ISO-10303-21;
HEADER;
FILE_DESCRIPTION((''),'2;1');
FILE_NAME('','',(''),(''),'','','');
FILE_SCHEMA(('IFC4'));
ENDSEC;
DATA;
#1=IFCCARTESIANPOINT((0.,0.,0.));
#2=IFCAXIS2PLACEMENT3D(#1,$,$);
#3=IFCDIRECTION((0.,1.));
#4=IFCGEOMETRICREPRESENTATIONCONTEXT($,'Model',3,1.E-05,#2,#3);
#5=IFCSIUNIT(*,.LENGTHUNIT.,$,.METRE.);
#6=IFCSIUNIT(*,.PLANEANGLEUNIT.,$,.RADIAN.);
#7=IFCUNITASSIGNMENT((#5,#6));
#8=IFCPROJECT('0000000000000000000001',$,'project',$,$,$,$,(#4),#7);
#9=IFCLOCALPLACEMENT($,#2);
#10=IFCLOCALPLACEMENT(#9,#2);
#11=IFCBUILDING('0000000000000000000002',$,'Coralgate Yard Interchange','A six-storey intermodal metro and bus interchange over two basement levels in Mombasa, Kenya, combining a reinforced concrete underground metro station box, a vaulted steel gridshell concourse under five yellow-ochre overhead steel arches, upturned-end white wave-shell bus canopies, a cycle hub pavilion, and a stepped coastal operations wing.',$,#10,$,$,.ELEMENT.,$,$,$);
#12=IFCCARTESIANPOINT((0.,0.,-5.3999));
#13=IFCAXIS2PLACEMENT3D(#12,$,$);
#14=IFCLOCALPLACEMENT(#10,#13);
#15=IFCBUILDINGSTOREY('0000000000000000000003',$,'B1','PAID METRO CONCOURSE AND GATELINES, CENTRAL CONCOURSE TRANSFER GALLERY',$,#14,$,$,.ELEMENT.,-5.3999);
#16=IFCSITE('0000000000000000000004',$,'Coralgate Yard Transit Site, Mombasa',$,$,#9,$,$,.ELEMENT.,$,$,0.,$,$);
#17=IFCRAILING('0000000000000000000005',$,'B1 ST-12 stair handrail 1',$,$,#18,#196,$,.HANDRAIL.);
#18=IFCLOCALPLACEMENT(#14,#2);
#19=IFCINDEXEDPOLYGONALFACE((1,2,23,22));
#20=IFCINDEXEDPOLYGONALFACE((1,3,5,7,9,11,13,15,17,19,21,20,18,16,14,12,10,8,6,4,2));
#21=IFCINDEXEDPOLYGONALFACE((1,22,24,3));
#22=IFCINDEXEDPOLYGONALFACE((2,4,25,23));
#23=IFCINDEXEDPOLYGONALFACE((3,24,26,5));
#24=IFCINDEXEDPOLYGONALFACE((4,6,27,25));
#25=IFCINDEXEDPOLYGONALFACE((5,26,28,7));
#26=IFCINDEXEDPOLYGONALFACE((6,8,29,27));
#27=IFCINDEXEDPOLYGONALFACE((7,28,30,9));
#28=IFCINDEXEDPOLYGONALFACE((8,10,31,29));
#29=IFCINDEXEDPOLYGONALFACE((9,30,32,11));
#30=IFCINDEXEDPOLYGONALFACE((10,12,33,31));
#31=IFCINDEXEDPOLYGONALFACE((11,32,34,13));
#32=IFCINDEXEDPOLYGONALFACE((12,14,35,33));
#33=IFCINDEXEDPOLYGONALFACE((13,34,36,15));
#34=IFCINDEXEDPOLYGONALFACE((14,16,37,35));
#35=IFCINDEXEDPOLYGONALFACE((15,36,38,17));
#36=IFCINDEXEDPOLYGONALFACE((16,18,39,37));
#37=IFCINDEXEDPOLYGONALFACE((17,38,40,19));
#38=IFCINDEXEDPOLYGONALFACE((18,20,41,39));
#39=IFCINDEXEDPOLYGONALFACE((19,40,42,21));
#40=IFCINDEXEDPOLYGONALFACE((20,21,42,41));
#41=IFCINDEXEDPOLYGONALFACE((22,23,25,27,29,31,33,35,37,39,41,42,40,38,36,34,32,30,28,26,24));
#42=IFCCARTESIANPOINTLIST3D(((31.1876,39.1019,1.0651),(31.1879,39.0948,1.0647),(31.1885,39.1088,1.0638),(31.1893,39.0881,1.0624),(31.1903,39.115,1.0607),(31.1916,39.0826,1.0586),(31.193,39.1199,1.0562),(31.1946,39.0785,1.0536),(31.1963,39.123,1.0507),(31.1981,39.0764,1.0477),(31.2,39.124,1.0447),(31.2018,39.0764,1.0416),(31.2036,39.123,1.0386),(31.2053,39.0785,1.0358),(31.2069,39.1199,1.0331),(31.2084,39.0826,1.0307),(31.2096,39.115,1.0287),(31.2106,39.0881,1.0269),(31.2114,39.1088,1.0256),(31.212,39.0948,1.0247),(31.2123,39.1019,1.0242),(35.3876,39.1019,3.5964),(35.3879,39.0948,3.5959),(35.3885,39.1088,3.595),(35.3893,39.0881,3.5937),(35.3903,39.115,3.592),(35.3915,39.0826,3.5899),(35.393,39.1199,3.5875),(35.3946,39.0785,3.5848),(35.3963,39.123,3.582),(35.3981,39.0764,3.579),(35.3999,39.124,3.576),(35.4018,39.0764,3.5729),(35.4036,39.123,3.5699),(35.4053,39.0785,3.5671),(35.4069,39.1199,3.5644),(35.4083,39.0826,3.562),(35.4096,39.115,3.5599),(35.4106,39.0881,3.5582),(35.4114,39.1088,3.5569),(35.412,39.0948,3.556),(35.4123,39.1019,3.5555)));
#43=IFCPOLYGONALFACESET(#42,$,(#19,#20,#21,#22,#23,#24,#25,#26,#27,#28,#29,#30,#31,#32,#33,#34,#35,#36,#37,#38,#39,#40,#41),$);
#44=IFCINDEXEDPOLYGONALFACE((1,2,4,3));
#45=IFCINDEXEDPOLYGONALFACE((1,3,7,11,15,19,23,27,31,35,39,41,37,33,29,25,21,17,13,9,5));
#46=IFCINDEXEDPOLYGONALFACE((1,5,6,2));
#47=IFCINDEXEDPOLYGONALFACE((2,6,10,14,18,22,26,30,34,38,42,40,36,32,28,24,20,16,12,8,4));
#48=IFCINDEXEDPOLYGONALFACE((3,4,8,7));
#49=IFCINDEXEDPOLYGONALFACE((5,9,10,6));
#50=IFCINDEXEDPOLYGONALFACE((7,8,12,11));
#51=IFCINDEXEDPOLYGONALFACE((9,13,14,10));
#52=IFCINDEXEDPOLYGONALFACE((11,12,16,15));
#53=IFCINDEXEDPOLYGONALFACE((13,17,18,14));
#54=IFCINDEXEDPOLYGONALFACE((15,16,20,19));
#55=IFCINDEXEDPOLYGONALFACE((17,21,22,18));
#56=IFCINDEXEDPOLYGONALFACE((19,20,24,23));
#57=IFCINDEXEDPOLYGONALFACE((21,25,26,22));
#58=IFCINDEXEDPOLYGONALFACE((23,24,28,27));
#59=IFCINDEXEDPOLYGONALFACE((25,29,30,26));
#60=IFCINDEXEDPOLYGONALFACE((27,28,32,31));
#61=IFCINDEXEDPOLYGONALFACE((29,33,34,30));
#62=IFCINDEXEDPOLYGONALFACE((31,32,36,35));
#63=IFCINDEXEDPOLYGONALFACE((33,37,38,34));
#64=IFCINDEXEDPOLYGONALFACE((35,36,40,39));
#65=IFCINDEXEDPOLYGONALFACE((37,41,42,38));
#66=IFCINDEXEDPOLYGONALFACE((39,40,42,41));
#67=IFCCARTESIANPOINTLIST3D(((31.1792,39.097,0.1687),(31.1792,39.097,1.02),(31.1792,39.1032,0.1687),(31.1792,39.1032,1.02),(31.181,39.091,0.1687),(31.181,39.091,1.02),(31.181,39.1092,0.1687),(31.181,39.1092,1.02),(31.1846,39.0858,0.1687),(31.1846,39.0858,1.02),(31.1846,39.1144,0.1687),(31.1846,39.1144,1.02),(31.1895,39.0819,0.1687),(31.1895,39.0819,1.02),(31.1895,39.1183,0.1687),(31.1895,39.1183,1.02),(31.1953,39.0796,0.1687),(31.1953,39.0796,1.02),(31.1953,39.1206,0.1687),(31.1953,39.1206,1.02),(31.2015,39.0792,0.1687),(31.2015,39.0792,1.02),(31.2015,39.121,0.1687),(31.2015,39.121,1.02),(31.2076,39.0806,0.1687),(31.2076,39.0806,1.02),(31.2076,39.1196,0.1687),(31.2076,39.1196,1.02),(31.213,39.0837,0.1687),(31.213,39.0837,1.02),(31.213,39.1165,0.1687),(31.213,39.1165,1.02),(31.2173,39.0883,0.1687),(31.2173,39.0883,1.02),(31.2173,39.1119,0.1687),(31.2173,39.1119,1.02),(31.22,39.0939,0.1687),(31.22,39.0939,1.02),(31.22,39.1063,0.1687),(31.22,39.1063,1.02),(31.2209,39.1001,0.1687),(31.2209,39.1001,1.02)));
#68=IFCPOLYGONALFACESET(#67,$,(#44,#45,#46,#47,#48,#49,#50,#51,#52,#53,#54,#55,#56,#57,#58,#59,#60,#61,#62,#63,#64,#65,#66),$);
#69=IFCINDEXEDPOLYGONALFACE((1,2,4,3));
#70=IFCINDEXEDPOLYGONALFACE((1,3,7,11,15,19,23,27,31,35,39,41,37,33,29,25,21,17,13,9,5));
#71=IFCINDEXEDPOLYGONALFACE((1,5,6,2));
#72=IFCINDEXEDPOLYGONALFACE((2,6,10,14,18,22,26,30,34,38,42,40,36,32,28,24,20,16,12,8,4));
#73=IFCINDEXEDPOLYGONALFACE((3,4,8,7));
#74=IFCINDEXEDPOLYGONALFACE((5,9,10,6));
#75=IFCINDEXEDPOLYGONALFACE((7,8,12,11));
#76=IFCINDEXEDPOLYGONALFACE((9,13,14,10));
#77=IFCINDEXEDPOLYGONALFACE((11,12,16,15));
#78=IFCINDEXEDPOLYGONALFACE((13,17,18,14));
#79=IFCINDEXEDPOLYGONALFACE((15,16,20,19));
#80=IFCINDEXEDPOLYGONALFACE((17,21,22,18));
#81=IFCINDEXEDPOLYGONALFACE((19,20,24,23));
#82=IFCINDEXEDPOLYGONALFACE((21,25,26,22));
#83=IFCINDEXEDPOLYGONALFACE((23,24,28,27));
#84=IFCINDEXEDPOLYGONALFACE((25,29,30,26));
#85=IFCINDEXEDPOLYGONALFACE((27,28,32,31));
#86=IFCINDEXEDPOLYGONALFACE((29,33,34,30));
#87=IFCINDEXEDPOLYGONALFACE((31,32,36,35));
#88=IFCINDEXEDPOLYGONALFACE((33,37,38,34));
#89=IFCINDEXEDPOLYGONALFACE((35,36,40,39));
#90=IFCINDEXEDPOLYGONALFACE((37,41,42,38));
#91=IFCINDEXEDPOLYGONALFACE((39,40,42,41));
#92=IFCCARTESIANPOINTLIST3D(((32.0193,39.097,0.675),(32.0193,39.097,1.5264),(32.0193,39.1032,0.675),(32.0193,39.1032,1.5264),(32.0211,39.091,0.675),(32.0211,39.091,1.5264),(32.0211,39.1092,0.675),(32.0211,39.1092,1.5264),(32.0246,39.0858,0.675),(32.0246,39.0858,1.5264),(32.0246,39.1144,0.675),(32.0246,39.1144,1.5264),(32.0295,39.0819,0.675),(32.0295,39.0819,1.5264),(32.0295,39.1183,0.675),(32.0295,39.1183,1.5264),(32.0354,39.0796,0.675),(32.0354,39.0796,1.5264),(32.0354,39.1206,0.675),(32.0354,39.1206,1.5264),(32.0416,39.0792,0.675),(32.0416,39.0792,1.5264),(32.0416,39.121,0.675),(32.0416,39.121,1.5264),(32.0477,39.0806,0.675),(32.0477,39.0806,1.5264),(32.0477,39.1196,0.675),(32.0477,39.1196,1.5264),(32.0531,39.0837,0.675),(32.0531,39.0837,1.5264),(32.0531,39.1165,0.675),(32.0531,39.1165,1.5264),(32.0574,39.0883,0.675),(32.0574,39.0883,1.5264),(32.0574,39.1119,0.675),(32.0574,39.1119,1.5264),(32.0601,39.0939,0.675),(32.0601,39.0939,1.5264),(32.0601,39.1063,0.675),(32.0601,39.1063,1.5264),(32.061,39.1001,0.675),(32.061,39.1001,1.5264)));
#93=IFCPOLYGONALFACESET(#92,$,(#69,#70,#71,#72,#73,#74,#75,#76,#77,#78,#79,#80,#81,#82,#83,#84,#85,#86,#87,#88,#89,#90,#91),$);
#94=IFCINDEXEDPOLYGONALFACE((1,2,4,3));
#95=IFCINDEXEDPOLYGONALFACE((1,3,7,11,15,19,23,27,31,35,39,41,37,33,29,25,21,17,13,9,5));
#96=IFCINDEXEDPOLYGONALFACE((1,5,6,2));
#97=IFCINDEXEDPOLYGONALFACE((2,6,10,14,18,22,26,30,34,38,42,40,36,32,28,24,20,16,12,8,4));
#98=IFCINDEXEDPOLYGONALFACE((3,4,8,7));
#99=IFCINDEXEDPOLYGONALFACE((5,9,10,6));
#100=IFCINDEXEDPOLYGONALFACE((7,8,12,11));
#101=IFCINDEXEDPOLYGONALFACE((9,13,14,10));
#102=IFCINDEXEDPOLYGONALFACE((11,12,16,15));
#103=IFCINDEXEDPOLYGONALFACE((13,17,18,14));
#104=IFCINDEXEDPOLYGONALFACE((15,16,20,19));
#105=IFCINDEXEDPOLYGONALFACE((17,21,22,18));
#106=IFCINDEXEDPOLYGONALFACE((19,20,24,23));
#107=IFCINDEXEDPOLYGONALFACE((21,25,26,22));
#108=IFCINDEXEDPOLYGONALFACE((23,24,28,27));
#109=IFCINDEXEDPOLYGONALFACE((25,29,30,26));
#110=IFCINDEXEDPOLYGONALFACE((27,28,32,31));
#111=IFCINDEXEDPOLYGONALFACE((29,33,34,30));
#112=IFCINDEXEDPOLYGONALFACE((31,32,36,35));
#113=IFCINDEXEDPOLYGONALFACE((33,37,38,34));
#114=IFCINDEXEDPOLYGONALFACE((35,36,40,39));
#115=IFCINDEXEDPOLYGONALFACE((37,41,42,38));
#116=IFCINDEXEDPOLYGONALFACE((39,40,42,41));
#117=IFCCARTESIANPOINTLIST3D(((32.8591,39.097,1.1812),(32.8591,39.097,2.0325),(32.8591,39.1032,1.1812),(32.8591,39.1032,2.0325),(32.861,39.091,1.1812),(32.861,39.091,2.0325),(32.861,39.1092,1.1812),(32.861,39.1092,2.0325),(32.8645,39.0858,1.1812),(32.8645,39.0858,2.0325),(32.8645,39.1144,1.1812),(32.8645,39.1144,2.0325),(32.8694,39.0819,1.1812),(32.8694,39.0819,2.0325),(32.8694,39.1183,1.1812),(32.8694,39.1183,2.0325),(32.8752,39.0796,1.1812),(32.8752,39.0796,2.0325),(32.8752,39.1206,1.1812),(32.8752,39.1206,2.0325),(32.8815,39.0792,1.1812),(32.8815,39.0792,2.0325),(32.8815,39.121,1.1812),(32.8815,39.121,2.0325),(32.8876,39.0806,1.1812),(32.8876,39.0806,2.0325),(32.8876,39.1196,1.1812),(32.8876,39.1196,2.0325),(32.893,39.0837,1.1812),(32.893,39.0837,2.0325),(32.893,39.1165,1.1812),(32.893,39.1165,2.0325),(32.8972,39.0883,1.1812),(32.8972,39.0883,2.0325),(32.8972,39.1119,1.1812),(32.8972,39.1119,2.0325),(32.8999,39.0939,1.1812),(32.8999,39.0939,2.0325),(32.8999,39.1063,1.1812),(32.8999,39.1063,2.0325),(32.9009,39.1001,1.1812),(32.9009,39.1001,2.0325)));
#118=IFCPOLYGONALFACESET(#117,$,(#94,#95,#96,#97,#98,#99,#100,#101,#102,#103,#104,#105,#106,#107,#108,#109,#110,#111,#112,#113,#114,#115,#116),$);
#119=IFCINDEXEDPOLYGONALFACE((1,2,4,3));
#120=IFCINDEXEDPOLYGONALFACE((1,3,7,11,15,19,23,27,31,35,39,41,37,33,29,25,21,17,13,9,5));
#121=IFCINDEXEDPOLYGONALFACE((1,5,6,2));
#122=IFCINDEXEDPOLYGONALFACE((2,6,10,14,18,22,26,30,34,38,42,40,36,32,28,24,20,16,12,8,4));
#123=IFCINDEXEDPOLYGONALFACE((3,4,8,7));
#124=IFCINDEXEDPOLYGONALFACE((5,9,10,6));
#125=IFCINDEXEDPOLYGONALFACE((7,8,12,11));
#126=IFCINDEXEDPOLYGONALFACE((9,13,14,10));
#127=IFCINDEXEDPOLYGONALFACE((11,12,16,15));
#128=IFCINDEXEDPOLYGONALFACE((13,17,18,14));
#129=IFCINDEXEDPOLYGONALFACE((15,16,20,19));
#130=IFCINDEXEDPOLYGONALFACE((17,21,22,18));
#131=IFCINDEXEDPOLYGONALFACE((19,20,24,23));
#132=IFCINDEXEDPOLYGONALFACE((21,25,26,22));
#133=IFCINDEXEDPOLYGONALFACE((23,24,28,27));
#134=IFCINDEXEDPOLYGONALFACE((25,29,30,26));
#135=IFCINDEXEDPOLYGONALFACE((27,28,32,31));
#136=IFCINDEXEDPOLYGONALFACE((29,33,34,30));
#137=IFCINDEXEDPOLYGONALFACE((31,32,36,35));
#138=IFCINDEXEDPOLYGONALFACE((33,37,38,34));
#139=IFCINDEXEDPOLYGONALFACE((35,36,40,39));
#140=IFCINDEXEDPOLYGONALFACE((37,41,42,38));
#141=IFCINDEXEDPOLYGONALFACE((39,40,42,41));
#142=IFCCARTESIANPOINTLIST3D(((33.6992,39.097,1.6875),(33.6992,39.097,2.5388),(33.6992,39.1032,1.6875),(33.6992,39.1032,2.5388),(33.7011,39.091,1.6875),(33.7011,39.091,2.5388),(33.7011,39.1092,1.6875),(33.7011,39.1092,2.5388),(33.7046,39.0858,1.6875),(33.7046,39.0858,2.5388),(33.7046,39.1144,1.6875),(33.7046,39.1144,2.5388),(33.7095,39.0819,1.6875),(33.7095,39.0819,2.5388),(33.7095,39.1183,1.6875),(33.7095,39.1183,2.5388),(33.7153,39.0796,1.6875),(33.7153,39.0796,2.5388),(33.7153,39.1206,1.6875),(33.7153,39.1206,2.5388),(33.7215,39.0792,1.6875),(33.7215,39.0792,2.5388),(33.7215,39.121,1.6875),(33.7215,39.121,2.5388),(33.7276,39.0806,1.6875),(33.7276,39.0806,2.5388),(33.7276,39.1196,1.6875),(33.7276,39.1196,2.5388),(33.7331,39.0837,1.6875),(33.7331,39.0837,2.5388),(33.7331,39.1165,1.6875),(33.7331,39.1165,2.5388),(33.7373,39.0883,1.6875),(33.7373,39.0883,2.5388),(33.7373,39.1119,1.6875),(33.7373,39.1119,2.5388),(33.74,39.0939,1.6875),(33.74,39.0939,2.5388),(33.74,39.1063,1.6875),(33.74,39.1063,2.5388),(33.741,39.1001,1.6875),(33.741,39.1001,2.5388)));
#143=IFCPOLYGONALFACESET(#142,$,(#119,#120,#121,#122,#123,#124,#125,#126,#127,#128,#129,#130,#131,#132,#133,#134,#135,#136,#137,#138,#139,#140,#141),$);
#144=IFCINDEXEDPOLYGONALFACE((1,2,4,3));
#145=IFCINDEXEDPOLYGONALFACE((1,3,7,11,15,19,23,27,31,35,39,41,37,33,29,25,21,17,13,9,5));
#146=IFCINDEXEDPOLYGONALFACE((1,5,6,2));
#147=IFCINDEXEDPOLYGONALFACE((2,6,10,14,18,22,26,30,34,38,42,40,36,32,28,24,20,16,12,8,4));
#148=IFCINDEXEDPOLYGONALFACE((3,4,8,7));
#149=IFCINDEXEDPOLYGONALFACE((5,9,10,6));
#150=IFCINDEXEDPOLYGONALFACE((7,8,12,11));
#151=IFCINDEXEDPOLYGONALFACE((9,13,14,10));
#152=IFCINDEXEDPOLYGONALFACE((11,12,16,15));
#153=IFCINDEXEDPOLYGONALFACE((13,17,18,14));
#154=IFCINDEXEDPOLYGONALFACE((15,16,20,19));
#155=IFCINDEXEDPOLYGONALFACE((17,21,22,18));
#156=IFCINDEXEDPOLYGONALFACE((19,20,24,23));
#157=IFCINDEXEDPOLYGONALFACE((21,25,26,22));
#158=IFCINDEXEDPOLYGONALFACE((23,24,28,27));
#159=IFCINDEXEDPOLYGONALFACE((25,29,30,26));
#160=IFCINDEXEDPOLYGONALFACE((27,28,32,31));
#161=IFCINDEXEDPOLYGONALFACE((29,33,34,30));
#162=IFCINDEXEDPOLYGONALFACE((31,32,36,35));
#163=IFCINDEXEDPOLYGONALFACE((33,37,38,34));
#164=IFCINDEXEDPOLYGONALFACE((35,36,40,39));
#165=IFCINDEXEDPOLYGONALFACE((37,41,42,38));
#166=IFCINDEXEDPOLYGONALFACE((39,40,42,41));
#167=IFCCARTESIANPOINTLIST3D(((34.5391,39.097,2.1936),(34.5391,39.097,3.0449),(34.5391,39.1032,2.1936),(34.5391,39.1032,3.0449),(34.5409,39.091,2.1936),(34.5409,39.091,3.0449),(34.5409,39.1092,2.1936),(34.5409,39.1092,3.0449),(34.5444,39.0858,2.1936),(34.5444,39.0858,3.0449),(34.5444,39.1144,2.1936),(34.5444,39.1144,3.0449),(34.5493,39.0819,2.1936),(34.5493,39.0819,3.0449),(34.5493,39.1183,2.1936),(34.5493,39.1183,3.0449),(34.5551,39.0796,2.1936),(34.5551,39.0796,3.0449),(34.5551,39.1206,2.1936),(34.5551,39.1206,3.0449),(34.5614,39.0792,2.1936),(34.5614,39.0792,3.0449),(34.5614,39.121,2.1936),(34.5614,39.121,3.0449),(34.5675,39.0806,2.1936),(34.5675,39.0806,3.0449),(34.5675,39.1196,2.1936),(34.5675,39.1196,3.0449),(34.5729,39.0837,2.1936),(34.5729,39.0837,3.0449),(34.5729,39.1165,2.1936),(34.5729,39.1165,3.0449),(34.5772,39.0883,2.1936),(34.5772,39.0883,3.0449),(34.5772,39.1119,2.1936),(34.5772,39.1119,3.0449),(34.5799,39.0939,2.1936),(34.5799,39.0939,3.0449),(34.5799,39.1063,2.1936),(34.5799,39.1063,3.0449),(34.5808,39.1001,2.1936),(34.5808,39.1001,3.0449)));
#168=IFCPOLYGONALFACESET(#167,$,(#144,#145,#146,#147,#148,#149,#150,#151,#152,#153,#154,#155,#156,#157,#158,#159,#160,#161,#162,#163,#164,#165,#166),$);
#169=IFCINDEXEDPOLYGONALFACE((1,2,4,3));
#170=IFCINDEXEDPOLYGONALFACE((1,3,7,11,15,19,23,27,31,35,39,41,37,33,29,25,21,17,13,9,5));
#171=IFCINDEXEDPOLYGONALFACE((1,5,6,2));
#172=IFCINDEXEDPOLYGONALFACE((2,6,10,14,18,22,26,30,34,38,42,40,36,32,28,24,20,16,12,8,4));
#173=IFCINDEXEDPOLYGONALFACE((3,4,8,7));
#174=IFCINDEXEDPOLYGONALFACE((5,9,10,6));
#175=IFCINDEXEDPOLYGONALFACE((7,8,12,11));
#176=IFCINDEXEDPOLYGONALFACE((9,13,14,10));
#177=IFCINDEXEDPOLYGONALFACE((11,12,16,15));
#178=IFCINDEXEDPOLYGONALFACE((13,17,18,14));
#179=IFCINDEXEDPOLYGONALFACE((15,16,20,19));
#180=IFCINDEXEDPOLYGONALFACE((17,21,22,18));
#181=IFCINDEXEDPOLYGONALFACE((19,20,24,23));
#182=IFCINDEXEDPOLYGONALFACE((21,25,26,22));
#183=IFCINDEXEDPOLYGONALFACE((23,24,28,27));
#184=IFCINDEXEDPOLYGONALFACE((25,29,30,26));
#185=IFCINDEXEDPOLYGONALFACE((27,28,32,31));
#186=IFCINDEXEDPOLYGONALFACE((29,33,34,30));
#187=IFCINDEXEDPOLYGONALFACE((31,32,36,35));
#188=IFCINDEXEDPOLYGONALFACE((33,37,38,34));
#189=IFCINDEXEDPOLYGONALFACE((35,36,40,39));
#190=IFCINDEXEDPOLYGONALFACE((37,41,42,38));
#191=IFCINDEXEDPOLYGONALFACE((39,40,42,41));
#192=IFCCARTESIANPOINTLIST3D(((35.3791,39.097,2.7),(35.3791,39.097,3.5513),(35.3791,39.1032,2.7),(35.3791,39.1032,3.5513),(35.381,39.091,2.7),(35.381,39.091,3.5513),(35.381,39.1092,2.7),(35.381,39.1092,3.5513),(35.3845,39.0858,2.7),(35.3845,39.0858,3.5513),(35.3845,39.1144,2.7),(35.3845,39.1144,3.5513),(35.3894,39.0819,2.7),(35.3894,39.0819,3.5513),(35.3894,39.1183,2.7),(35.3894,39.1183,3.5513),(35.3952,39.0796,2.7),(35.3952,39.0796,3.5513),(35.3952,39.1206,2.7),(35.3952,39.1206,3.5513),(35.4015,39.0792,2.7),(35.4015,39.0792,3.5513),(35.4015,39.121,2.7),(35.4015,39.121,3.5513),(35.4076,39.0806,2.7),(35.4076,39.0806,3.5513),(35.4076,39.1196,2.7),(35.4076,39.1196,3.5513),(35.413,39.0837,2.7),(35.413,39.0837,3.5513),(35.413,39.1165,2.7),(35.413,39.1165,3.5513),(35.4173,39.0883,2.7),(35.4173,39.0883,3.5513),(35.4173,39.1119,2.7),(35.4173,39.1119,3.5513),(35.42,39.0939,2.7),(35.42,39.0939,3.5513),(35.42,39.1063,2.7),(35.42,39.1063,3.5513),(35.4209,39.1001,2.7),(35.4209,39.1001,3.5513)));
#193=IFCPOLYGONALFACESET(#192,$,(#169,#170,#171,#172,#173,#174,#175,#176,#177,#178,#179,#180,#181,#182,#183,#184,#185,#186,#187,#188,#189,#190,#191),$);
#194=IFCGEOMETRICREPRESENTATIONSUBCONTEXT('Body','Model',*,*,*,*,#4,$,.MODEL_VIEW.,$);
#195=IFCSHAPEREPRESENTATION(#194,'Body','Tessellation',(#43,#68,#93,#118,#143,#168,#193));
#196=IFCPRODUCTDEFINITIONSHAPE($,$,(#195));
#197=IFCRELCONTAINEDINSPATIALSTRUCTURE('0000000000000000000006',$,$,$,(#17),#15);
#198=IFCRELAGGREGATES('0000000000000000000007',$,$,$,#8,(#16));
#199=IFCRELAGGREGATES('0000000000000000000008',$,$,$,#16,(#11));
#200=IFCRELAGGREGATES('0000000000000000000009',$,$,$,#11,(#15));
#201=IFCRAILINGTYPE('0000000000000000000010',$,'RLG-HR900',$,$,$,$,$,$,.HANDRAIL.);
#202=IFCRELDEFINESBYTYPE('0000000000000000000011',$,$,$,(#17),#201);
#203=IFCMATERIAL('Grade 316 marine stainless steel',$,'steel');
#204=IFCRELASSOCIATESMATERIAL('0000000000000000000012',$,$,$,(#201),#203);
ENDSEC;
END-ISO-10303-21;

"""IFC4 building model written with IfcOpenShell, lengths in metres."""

from ifc_helpers import new_model, si_unit, direction, frame, origin, origin_2d, place, context, subcontext, project, spatial, circle, extrude, material, type_object, element, save


model = new_model("IFC4")

# Units and contexts
model_context = context("Model", 3, precision=1e-05, world=origin(), true_north=direction((0.0, 1.0)))
body_context = subcontext(model_context, "Body", "Model", "MODEL_VIEW")
ifc_project = project(units=[si_unit("LENGTHUNIT", "METRE"), si_unit("PLANEANGLEUNIT", "RADIAN")], contexts=[model_context])

# Site, building, storey
site_placement = place(None, origin())
site = spatial("IfcSite", under=ifc_project, at=site_placement, Name="Coralgate Yard Transit Site, Mombasa", CompositionType="ELEMENT", RefElevation=0.0)
building_placement = place(site_placement, origin())
building = spatial("IfcBuilding", under=site, at=building_placement, Name="Coralgate Yard Interchange", Description="A six-storey intermodal metro and bus interchange over two basement levels in Mombasa, Kenya, combining a reinforced concrete underground metro station box, a vaulted steel gridshell concourse under five yellow-ochre overhead steel arches, upturned-end white wave-shell bus canopies, a cycle hub pavilion, and a stepped coastal operations wing.", CompositionType="ELEMENT")
storey_placement = place(building_placement, frame((0.0, 0.0, -5.3999)))
storey = spatial("IfcBuildingStorey", under=building, at=storey_placement, Name="B1", Description="PAID METRO CONCOURSE AND GATELINES, CENTRAL CONCOURSE TRANSFER GALLERY", CompositionType="ELEMENT", Elevation=-5.3999)

# Railing
ifc_material_1 = material(Name="Grade 316 marine stainless steel", Category="steel")
railing_type_1 = type_object("IfcRailingType", Name="RLG-HR900", PredefinedType="HANDRAIL", material=ifc_material_1)
railing_1_placement = place(storey_placement, frame((31.2, 39.1001, 0.1687)))
element("IfcRailing", 1, at=railing_1_placement, inside=storey, type_object=railing_type_1, Name="B1 ST-12 stair handrail 1", PredefinedType="HANDRAIL", context=body_context, shape_type="SweptSolid", body=[
    extrude(circle(Radius=0.0239, at=origin_2d()), frame((0.0, 0.0, 0.876), z_axis=(0.856476, 0.0, 0.516186), x_axis=(0.0, 1.0, 0.0)), (0.0, 0.0, 1.0), 4.9038),
    extrude(circle(Radius=0.021, at=origin_2d()), origin(), (0.0, 0.0, 1.0), 0.8513),
    extrude(circle(Radius=0.021, at=origin_2d()), frame((0.8401, 0.0, 0.5063)), (0.0, 0.0, 1.0), 0.8513),
    extrude(circle(Radius=0.021, at=origin_2d()), frame((1.6799, 0.0, 1.0125)), (0.0, 0.0, 1.0), 0.8513),
    extrude(circle(Radius=0.021, at=origin_2d()), frame((2.52, 0.0, 1.5188)), (0.0, 0.0, 1.0), 0.8513),
    extrude(circle(Radius=0.021, at=origin_2d()), frame((3.3599, 0.0, 2.0249)), (0.0, 0.0, 1.0), 0.8513),
    extrude(circle(Radius=0.021, at=origin_2d()), frame((4.2, 0.0, 2.5312)), (0.0, 0.0, 1.0), 0.8513),
])

save(model, "model.ifc")
